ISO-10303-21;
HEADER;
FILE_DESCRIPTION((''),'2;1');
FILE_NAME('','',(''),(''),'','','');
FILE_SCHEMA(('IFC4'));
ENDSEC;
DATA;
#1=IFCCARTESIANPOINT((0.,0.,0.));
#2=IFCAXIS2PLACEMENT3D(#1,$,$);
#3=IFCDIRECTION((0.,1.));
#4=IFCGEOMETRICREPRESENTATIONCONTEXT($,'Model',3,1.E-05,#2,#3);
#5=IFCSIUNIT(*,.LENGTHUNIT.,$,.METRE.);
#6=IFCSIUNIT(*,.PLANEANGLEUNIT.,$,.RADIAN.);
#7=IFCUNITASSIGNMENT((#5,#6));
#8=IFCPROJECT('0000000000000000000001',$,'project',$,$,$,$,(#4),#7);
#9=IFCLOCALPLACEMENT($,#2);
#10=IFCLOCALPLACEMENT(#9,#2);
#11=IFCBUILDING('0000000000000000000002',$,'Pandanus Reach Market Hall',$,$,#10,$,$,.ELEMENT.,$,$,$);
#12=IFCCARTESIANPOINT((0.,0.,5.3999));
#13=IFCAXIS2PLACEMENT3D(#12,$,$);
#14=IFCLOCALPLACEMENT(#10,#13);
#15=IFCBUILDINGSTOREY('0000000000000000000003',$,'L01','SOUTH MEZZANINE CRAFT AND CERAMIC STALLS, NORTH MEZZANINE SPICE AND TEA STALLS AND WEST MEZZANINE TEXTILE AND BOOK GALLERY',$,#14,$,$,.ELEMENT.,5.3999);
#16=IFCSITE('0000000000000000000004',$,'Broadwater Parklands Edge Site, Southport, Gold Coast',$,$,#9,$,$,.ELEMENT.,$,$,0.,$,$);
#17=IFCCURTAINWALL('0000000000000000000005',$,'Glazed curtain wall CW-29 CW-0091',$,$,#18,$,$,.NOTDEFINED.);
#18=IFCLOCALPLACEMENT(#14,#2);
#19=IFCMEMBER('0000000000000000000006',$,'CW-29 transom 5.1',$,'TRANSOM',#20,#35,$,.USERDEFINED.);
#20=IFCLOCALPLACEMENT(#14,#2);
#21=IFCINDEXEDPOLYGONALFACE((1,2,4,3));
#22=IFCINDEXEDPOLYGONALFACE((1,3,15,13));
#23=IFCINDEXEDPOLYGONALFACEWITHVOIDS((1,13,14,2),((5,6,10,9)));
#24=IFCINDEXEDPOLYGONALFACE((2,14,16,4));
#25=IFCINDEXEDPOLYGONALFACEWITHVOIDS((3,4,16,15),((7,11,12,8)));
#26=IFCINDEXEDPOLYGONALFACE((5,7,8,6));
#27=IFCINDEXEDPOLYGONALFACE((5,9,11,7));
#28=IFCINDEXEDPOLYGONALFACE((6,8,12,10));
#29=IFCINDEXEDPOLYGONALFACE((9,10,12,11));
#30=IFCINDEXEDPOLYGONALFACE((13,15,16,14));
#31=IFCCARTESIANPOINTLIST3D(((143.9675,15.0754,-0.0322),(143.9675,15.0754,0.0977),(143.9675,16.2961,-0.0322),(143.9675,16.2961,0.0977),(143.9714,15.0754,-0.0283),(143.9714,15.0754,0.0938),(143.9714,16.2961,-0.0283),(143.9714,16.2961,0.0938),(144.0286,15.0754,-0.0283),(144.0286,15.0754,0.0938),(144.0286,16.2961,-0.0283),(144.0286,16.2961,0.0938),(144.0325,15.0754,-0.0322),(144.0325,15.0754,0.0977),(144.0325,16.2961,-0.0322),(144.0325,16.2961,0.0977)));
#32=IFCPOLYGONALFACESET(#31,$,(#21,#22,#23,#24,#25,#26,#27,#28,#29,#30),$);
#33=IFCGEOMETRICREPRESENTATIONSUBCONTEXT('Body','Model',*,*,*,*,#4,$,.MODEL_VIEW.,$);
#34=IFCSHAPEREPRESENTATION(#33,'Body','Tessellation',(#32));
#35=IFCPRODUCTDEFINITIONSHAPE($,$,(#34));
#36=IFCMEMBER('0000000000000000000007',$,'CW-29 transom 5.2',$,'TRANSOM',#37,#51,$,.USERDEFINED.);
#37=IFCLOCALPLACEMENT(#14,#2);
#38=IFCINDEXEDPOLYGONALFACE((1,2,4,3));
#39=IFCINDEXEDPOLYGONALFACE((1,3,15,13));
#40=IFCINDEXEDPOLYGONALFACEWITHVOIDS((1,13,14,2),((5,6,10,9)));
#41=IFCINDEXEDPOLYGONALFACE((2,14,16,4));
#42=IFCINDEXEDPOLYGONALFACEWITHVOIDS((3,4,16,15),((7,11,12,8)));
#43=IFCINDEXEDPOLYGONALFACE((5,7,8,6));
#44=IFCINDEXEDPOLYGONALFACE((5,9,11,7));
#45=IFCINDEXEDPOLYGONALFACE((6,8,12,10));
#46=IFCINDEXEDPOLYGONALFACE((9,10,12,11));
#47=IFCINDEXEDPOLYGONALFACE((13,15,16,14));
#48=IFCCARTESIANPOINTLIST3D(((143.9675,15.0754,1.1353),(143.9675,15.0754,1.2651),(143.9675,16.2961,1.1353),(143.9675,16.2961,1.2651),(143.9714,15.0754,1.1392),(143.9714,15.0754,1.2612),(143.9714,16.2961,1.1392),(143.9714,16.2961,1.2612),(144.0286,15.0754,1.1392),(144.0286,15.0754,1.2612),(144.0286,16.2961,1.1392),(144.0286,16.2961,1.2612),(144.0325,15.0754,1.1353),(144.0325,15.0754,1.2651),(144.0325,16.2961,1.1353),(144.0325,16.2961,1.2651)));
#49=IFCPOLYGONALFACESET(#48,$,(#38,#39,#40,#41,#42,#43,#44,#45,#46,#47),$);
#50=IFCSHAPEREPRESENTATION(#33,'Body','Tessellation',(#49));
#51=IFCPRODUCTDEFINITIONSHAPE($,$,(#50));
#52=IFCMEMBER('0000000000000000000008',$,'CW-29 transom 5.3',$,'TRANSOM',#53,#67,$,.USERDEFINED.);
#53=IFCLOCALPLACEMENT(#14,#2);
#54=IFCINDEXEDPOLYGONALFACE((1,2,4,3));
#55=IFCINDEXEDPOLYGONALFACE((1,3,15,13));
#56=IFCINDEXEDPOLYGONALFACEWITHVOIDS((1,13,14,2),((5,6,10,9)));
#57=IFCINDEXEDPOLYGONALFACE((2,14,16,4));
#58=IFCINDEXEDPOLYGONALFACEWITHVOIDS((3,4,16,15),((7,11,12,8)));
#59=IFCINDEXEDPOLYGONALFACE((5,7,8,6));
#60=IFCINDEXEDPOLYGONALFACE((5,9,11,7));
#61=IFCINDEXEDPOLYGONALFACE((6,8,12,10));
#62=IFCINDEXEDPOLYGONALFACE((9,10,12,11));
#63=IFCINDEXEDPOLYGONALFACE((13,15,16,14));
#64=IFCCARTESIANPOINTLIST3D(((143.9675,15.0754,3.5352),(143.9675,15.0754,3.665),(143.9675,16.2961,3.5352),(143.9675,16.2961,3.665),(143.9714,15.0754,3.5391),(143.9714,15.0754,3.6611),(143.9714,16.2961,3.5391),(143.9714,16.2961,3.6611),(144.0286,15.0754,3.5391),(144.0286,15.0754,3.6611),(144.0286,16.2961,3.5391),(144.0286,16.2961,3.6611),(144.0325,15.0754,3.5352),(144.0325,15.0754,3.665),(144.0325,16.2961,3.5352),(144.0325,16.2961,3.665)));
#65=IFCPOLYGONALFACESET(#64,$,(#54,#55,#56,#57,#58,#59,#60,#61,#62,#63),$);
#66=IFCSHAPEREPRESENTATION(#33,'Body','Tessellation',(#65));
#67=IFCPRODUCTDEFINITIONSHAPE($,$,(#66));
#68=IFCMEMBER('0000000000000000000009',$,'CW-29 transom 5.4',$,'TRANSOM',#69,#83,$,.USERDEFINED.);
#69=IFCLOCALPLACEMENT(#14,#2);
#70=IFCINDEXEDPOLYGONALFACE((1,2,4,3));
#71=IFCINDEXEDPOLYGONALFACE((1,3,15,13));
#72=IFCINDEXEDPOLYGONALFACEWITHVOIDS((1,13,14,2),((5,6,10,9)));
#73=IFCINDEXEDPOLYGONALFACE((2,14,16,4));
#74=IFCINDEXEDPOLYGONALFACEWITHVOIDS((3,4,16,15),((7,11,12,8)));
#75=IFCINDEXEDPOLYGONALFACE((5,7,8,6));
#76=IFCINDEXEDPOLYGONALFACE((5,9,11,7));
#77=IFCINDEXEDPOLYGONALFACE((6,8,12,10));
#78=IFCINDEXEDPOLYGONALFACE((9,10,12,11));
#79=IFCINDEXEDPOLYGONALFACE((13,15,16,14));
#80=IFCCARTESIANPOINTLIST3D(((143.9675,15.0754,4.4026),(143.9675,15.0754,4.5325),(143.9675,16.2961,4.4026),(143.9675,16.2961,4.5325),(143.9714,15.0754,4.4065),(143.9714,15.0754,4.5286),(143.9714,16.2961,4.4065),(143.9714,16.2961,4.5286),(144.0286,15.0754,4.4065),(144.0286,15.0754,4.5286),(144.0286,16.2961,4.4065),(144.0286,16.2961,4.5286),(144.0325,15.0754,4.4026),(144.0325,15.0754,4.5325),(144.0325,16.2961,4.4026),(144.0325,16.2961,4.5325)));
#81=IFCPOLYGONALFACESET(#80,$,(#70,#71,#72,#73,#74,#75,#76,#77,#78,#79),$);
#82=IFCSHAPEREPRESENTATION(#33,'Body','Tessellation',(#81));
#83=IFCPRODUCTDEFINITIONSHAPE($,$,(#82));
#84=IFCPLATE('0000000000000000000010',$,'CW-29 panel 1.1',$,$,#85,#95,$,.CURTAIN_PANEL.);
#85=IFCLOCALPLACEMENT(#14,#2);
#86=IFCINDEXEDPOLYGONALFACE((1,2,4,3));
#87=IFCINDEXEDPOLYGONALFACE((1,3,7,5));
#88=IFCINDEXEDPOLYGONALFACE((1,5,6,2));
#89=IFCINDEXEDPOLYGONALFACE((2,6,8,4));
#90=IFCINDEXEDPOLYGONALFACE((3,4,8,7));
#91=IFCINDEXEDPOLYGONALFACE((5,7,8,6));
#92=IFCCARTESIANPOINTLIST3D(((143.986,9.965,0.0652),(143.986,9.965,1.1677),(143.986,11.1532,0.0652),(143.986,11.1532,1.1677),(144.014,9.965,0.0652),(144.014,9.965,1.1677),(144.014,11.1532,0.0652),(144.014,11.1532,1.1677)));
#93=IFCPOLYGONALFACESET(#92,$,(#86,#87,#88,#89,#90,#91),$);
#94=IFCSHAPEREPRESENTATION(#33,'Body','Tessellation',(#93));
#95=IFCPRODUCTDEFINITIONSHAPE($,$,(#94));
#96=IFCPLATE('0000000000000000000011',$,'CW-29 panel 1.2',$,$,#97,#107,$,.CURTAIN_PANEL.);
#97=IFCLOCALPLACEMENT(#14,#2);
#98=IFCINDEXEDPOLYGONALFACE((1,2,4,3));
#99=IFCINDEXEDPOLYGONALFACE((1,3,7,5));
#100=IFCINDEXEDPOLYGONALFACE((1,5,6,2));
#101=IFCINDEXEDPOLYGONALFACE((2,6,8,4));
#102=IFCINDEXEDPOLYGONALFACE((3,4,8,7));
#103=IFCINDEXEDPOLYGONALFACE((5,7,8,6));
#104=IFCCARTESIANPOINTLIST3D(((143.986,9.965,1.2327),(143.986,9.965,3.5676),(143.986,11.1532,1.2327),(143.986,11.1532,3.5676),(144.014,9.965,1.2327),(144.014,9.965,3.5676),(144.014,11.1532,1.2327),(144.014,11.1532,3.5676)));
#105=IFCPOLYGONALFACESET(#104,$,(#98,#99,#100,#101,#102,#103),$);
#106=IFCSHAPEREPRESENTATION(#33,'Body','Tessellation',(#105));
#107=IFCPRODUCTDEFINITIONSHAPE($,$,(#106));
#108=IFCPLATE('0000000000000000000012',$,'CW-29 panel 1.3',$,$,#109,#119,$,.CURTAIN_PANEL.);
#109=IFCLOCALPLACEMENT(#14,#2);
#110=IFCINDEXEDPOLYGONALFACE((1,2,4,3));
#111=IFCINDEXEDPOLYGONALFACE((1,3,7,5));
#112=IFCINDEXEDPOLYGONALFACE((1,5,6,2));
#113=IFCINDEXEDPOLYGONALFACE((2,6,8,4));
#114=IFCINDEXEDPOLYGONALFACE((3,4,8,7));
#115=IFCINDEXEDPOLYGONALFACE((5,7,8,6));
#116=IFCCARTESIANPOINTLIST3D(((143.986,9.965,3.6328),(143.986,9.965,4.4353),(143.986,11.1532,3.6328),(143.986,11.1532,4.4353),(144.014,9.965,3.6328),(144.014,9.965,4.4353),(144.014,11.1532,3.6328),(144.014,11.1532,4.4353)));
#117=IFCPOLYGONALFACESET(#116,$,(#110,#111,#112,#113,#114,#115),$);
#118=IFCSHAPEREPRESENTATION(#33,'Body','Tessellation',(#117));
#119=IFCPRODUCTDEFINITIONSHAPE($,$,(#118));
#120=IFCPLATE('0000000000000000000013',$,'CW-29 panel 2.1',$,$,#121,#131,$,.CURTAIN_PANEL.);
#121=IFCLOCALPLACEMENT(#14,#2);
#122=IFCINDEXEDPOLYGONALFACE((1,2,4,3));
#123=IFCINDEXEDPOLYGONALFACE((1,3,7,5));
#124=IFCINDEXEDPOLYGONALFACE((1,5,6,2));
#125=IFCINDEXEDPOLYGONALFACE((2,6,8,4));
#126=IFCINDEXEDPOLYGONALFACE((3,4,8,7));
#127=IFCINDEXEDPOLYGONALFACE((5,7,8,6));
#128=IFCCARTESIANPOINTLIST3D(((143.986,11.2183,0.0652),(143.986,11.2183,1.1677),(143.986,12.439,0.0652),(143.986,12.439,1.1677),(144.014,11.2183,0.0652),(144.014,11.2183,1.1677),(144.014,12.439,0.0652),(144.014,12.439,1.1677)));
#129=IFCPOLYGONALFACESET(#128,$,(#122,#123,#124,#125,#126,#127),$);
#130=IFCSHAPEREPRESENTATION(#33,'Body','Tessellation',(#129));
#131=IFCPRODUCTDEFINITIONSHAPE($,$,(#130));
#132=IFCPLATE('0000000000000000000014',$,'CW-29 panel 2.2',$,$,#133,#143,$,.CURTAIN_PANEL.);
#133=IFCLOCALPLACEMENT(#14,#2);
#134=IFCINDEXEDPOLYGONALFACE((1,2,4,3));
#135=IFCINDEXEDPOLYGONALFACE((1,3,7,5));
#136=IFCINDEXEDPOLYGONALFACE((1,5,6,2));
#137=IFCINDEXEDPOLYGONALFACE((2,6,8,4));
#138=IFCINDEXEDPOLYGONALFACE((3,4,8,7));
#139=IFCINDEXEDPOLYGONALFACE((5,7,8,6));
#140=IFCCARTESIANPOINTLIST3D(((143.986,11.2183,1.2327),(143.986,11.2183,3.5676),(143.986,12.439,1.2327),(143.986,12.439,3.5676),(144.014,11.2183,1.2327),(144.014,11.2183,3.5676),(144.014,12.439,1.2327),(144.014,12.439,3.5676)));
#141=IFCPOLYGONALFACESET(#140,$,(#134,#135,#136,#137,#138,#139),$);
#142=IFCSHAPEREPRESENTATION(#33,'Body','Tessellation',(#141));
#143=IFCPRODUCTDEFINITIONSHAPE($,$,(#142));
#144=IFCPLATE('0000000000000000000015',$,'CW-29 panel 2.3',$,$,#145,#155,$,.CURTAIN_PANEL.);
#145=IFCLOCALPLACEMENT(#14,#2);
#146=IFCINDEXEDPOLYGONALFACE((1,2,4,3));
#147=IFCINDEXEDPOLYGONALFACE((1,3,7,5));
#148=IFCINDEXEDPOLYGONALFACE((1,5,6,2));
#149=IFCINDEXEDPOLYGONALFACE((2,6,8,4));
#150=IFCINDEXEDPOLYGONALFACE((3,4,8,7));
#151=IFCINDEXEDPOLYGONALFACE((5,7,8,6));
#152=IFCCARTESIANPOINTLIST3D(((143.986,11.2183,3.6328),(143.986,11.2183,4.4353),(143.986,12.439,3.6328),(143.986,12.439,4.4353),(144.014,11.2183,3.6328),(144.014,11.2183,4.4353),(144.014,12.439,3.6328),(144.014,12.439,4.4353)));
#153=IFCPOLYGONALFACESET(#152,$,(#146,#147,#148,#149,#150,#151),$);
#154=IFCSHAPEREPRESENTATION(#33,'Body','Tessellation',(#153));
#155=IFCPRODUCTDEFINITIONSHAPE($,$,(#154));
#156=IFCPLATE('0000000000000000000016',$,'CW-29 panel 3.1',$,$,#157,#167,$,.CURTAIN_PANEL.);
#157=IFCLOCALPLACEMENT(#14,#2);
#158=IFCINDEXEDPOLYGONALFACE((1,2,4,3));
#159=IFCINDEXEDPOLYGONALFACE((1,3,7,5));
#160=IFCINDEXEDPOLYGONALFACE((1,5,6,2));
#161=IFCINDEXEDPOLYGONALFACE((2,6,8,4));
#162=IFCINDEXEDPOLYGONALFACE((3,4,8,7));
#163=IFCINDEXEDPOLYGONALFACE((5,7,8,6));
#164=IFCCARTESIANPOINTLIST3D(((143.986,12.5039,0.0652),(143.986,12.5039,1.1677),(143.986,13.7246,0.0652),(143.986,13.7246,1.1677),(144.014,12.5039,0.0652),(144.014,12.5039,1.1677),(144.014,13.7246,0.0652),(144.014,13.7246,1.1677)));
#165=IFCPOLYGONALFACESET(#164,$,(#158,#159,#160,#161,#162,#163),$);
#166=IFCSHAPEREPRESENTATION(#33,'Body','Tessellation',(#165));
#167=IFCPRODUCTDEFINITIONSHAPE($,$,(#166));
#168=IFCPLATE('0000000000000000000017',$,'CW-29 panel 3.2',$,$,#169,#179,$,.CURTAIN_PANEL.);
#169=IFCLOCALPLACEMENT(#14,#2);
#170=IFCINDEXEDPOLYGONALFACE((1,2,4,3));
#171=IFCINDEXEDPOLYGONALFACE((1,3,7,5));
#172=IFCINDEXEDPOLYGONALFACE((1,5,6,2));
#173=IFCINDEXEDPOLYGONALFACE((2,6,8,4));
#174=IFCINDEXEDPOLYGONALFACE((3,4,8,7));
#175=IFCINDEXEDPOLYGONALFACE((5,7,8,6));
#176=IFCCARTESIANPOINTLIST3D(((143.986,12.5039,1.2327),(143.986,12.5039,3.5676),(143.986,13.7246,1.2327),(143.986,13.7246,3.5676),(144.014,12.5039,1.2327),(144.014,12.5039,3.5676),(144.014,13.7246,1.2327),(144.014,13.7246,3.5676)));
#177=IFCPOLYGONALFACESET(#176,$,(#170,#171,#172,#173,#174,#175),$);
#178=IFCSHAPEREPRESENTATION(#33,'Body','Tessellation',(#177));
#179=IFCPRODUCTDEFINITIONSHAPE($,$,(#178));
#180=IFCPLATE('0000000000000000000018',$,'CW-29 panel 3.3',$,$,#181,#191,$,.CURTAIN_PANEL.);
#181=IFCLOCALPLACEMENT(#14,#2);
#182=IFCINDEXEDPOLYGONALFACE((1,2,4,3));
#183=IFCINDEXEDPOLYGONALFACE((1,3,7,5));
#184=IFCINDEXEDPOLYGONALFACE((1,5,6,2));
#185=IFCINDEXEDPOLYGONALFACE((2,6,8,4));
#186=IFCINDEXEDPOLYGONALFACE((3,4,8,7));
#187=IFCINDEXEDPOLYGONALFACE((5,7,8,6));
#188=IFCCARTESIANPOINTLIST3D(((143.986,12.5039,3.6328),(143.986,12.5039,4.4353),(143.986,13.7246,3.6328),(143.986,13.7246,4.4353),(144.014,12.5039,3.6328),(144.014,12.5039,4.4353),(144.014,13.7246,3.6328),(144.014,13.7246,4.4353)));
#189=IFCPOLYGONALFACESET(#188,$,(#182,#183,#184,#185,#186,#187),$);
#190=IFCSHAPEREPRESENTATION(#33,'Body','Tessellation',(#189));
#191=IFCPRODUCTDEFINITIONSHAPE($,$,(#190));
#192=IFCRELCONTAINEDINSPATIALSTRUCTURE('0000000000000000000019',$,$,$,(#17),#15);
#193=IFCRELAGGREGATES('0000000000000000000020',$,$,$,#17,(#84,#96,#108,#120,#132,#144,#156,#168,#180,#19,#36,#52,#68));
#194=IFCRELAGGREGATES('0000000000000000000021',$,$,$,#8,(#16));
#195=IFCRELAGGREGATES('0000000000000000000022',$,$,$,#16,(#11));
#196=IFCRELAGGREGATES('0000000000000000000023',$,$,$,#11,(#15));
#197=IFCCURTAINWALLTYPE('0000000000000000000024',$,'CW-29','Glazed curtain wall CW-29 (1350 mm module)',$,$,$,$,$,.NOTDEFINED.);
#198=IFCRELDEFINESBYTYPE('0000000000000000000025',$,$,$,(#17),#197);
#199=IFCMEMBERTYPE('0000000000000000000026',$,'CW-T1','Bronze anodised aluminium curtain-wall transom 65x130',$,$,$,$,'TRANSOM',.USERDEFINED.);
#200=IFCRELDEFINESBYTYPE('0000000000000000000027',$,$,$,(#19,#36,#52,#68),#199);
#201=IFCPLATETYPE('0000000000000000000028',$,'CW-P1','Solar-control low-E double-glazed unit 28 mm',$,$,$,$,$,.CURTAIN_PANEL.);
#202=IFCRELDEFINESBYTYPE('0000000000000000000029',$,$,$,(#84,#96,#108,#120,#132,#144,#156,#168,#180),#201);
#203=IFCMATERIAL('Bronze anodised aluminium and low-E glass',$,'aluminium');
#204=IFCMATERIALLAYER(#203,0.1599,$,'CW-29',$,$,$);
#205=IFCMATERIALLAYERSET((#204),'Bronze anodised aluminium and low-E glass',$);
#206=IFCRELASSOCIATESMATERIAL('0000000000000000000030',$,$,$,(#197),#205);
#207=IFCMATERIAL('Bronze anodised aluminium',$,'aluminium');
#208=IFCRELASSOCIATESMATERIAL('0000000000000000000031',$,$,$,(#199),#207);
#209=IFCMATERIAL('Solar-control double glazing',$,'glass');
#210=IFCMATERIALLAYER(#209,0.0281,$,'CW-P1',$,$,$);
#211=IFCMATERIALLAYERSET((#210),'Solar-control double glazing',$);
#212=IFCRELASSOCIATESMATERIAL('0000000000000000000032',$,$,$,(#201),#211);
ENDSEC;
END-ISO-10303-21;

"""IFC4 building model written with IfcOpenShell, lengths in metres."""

from ifc_helpers import new_model, si_unit, direction, frame, origin, origin_2d, place, context, subcontext, project, spatial, rectangle, hollow_rectangle, extrude, material, layer, layer_set, material_profile, profile_set, type_object, element, aggregate, save


model = new_model("IFC4")

# Units and contexts
model_context = context("Model", 3, precision=1e-05, world=origin(), true_north=direction((0.0, 1.0)))
body_context = subcontext(model_context, "Body", "Model", "MODEL_VIEW")
ifc_project = project(units=[si_unit("LENGTHUNIT", "METRE"), si_unit("PLANEANGLEUNIT", "RADIAN")], contexts=[model_context])

# Site, building, storey
site_placement = place(None, origin())
site = spatial("IfcSite", under=ifc_project, at=site_placement, Name="Broadwater Parklands Edge Site, Southport, Gold Coast", CompositionType="ELEMENT", RefElevation=0.0)
building_placement = place(site_placement, origin())
building = spatial("IfcBuilding", under=site, at=building_placement, Name="Pandanus Reach Market Hall", CompositionType="ELEMENT")
storey_placement = place(building_placement, frame((0.0, 0.0, 5.3999)))
storey = spatial("IfcBuildingStorey", under=building, at=storey_placement, Name="L01", Description="SOUTH MEZZANINE CRAFT AND CERAMIC STALLS, NORTH MEZZANINE SPICE AND TEA STALLS AND WEST MEZZANINE TEXTILE AND BOOK GALLERY", CompositionType="ELEMENT", Elevation=5.3999)

# Curtain wall, members, plates
ifc_material_1 = material(Name="Bronze anodised aluminium and low-E glass", Category="aluminium")
ifc_layer_1 = layer(ifc_material_1, 0.1599, Name="CW-29")
ifc_layer_set_1 = layer_set([ifc_layer_1], Name="Bronze anodised aluminium and low-E glass")
curtain_wall_type = type_object("IfcCurtainWallType", Name="CW-29", Description="Glazed curtain wall CW-29 (1350 mm module)", PredefinedType="NOTDEFINED", material=ifc_layer_set_1)
curtain_wall_placement = place(storey_placement, origin())
curtain_wall = element("IfcCurtainWall", 1, at=curtain_wall_placement, inside=storey, type_object=curtain_wall_type, Name="Glazed curtain wall CW-29 CW-0091", PredefinedType="NOTDEFINED")
ifc_material_2 = material(Name="Bronze anodised aluminium", Category="aluminium")
ifc_material_profile_1 = material_profile(ifc_material_2, hollow_rectangle(XDim=0.0649, YDim=0.1299, WallThickness=0.0039, at=origin_2d()), Name="ALU65x130", Category="LoadBearing")
ifc_profile_set_1 = profile_set([ifc_material_profile_1], Name="Bronze anodised aluminium")
member_type_1 = type_object("IfcMemberType", Name="CW-T1", Description="Bronze anodised aluminium curtain-wall transom 65x130", ElementType="TRANSOM", PredefinedType="USERDEFINED", material=ifc_profile_set_1)
member_1_placement = place(storey_placement, frame((144.0, 15.0754, 0.0327), z_axis=(0.0, 1.0, 0.0), x_axis=(-1.0, 0.0, 0.0)))
member_1 = element("IfcMember", 2, at=member_1_placement, type_object=member_type_1, Name="CW-29 transom 5.1", ObjectType="TRANSOM", PredefinedType="USERDEFINED", context=body_context, shape_type="SweptSolid", body=[
    extrude(hollow_rectangle(XDim=0.0649, YDim=0.1299, WallThickness=0.0039, at=origin_2d()), origin(), (0.0, 0.0, 1.0), 1.2207),
])
member_2_placement = place(storey_placement, frame((144.0, 15.0754, 1.2002), z_axis=(0.0, 1.0, 0.0), x_axis=(-1.0, 0.0, 0.0)))
member_2 = element("IfcMember", 3, at=member_2_placement, type_object=member_type_1, Name="CW-29 transom 5.2", ObjectType="TRANSOM", PredefinedType="USERDEFINED", context=body_context, shape_type="SweptSolid", body=[
    extrude(hollow_rectangle(XDim=0.0649, YDim=0.1299, WallThickness=0.0039, at=origin_2d()), origin(), (0.0, 0.0, 1.0), 1.2207),
])
member_3_placement = place(storey_placement, frame((144.0, 15.0754, 3.6001), z_axis=(0.0, 1.0, 0.0), x_axis=(-1.0, 0.0, 0.0)))
member_3 = element("IfcMember", 4, at=member_3_placement, type_object=member_type_1, Name="CW-29 transom 5.3", ObjectType="TRANSOM", PredefinedType="USERDEFINED", context=body_context, shape_type="SweptSolid", body=[
    extrude(hollow_rectangle(XDim=0.0649, YDim=0.1299, WallThickness=0.0039, at=origin_2d()), origin(), (0.0, 0.0, 1.0), 1.2207),
])
member_4_placement = place(storey_placement, frame((144.0, 15.0754, 4.4675), z_axis=(0.0, 1.0, 0.0), x_axis=(-1.0, 0.0, 0.0)))
member_4 = element("IfcMember", 5, at=member_4_placement, type_object=member_type_1, Name="CW-29 transom 5.4", ObjectType="TRANSOM", PredefinedType="USERDEFINED", context=body_context, shape_type="SweptSolid", body=[
    extrude(hollow_rectangle(XDim=0.0649, YDim=0.1299, WallThickness=0.0039, at=origin_2d()), origin(), (0.0, 0.0, 1.0), 1.2207),
])
ifc_material_3 = material(Name="Solar-control double glazing", Category="glass")
ifc_layer_2 = layer(ifc_material_3, 0.0281, Name="CW-P1")
ifc_layer_set_2 = layer_set([ifc_layer_2], Name="Solar-control double glazing")
plate_type = type_object("IfcPlateType", Name="CW-P1", Description="Solar-control low-E double-glazed unit 28 mm", PredefinedType="CURTAIN_PANEL", material=ifc_layer_set_2)
plate_1_placement = place(storey_placement, frame((144.0, 10.5591, 0.0652), z_axis=(0.0, 0.0, 1.0), x_axis=(0.0, 1.0, 0.0)))
plate_1 = element("IfcPlate", 6, at=plate_1_placement, type_object=plate_type, Name="CW-29 panel 1.1", PredefinedType="CURTAIN_PANEL", context=body_context, shape_type="SweptSolid", body=[
    extrude(rectangle(XDim=1.1882, YDim=0.0281, at=origin_2d()), origin(), (0.0, 0.0, 1.0), 1.1025),
])
plate_2_placement = place(storey_placement, frame((144.0, 10.5591, 1.2327), z_axis=(0.0, 0.0, 1.0), x_axis=(0.0, 1.0, 0.0)))
plate_2 = element("IfcPlate", 7, at=plate_2_placement, type_object=plate_type, Name="CW-29 panel 1.2", PredefinedType="CURTAIN_PANEL", context=body_context, shape_type="SweptSolid", body=[
    extrude(rectangle(XDim=1.1882, YDim=0.0281, at=origin_2d()), origin(), (0.0, 0.0, 1.0), 2.335),
])
plate_3_placement = place(storey_placement, frame((144.0, 10.5591, 3.6328), z_axis=(0.0, 0.0, 1.0), x_axis=(0.0, 1.0, 0.0)))
plate_3 = element("IfcPlate", 8, at=plate_3_placement, type_object=plate_type, Name="CW-29 panel 1.3", PredefinedType="CURTAIN_PANEL", context=body_context, shape_type="SweptSolid", body=[
    extrude(rectangle(XDim=1.1882, YDim=0.0281, at=origin_2d()), origin(), (0.0, 0.0, 1.0), 0.8025),
])
plate_4_placement = place(storey_placement, frame((144.0, 11.8286, 0.0652), z_axis=(0.0, 0.0, 1.0), x_axis=(0.0, 1.0, 0.0)))
plate_4 = element("IfcPlate", 9, at=plate_4_placement, type_object=plate_type, Name="CW-29 panel 2.1", PredefinedType="CURTAIN_PANEL", context=body_context, shape_type="SweptSolid", body=[
    extrude(rectangle(XDim=1.2207, YDim=0.0281, at=origin_2d()), origin(), (0.0, 0.0, 1.0), 1.1025),
])
plate_5_placement = place(storey_placement, frame((144.0, 11.8286, 1.2327), z_axis=(0.0, 0.0, 1.0), x_axis=(0.0, 1.0, 0.0)))
plate_5 = element("IfcPlate", 10, at=plate_5_placement, type_object=plate_type, Name="CW-29 panel 2.2", PredefinedType="CURTAIN_PANEL", context=body_context, shape_type="SweptSolid", body=[
    extrude(rectangle(XDim=1.2207, YDim=0.0281, at=origin_2d()), origin(), (0.0, 0.0, 1.0), 2.335),
])
plate_6_placement = place(storey_placement, frame((144.0, 11.8286, 3.6328), z_axis=(0.0, 0.0, 1.0), x_axis=(0.0, 1.0, 0.0)))
plate_6 = element("IfcPlate", 11, at=plate_6_placement, type_object=plate_type, Name="CW-29 panel 2.3", PredefinedType="CURTAIN_PANEL", context=body_context, shape_type="SweptSolid", body=[
    extrude(rectangle(XDim=1.2207, YDim=0.0281, at=origin_2d()), origin(), (0.0, 0.0, 1.0), 0.8025),
])
plate_7_placement = place(storey_placement, frame((144.0, 13.1143, 0.0652), z_axis=(0.0, 0.0, 1.0), x_axis=(0.0, 1.0, 0.0)))
plate_7 = element("IfcPlate", 12, at=plate_7_placement, type_object=plate_type, Name="CW-29 panel 3.1", PredefinedType="CURTAIN_PANEL", context=body_context, shape_type="SweptSolid", body=[
    extrude(rectangle(XDim=1.2207, YDim=0.0281, at=origin_2d()), origin(), (0.0, 0.0, 1.0), 1.1025),
])
plate_8_placement = place(storey_placement, frame((144.0, 13.1143, 1.2327), z_axis=(0.0, 0.0, 1.0), x_axis=(0.0, 1.0, 0.0)))
plate_8 = element("IfcPlate", 13, at=plate_8_placement, type_object=plate_type, Name="CW-29 panel 3.2", PredefinedType="CURTAIN_PANEL", context=body_context, shape_type="SweptSolid", body=[
    extrude(rectangle(XDim=1.2207, YDim=0.0281, at=origin_2d()), origin(), (0.0, 0.0, 1.0), 2.335),
])
plate_9_placement = place(storey_placement, frame((144.0, 13.1143, 3.6328), z_axis=(0.0, 0.0, 1.0), x_axis=(0.0, 1.0, 0.0)))
plate_9 = element("IfcPlate", 14, at=plate_9_placement, type_object=plate_type, Name="CW-29 panel 3.3", PredefinedType="CURTAIN_PANEL", context=body_context, shape_type="SweptSolid", body=[
    extrude(rectangle(XDim=1.2207, YDim=0.0281, at=origin_2d()), origin(), (0.0, 0.0, 1.0), 0.8025),
])
aggregate(curtain_wall, [plate_1, plate_2, plate_3, plate_4, plate_5, plate_6, plate_7, plate_8, plate_9, member_1, member_2, member_3, member_4])

save(model, "model.ifc")
